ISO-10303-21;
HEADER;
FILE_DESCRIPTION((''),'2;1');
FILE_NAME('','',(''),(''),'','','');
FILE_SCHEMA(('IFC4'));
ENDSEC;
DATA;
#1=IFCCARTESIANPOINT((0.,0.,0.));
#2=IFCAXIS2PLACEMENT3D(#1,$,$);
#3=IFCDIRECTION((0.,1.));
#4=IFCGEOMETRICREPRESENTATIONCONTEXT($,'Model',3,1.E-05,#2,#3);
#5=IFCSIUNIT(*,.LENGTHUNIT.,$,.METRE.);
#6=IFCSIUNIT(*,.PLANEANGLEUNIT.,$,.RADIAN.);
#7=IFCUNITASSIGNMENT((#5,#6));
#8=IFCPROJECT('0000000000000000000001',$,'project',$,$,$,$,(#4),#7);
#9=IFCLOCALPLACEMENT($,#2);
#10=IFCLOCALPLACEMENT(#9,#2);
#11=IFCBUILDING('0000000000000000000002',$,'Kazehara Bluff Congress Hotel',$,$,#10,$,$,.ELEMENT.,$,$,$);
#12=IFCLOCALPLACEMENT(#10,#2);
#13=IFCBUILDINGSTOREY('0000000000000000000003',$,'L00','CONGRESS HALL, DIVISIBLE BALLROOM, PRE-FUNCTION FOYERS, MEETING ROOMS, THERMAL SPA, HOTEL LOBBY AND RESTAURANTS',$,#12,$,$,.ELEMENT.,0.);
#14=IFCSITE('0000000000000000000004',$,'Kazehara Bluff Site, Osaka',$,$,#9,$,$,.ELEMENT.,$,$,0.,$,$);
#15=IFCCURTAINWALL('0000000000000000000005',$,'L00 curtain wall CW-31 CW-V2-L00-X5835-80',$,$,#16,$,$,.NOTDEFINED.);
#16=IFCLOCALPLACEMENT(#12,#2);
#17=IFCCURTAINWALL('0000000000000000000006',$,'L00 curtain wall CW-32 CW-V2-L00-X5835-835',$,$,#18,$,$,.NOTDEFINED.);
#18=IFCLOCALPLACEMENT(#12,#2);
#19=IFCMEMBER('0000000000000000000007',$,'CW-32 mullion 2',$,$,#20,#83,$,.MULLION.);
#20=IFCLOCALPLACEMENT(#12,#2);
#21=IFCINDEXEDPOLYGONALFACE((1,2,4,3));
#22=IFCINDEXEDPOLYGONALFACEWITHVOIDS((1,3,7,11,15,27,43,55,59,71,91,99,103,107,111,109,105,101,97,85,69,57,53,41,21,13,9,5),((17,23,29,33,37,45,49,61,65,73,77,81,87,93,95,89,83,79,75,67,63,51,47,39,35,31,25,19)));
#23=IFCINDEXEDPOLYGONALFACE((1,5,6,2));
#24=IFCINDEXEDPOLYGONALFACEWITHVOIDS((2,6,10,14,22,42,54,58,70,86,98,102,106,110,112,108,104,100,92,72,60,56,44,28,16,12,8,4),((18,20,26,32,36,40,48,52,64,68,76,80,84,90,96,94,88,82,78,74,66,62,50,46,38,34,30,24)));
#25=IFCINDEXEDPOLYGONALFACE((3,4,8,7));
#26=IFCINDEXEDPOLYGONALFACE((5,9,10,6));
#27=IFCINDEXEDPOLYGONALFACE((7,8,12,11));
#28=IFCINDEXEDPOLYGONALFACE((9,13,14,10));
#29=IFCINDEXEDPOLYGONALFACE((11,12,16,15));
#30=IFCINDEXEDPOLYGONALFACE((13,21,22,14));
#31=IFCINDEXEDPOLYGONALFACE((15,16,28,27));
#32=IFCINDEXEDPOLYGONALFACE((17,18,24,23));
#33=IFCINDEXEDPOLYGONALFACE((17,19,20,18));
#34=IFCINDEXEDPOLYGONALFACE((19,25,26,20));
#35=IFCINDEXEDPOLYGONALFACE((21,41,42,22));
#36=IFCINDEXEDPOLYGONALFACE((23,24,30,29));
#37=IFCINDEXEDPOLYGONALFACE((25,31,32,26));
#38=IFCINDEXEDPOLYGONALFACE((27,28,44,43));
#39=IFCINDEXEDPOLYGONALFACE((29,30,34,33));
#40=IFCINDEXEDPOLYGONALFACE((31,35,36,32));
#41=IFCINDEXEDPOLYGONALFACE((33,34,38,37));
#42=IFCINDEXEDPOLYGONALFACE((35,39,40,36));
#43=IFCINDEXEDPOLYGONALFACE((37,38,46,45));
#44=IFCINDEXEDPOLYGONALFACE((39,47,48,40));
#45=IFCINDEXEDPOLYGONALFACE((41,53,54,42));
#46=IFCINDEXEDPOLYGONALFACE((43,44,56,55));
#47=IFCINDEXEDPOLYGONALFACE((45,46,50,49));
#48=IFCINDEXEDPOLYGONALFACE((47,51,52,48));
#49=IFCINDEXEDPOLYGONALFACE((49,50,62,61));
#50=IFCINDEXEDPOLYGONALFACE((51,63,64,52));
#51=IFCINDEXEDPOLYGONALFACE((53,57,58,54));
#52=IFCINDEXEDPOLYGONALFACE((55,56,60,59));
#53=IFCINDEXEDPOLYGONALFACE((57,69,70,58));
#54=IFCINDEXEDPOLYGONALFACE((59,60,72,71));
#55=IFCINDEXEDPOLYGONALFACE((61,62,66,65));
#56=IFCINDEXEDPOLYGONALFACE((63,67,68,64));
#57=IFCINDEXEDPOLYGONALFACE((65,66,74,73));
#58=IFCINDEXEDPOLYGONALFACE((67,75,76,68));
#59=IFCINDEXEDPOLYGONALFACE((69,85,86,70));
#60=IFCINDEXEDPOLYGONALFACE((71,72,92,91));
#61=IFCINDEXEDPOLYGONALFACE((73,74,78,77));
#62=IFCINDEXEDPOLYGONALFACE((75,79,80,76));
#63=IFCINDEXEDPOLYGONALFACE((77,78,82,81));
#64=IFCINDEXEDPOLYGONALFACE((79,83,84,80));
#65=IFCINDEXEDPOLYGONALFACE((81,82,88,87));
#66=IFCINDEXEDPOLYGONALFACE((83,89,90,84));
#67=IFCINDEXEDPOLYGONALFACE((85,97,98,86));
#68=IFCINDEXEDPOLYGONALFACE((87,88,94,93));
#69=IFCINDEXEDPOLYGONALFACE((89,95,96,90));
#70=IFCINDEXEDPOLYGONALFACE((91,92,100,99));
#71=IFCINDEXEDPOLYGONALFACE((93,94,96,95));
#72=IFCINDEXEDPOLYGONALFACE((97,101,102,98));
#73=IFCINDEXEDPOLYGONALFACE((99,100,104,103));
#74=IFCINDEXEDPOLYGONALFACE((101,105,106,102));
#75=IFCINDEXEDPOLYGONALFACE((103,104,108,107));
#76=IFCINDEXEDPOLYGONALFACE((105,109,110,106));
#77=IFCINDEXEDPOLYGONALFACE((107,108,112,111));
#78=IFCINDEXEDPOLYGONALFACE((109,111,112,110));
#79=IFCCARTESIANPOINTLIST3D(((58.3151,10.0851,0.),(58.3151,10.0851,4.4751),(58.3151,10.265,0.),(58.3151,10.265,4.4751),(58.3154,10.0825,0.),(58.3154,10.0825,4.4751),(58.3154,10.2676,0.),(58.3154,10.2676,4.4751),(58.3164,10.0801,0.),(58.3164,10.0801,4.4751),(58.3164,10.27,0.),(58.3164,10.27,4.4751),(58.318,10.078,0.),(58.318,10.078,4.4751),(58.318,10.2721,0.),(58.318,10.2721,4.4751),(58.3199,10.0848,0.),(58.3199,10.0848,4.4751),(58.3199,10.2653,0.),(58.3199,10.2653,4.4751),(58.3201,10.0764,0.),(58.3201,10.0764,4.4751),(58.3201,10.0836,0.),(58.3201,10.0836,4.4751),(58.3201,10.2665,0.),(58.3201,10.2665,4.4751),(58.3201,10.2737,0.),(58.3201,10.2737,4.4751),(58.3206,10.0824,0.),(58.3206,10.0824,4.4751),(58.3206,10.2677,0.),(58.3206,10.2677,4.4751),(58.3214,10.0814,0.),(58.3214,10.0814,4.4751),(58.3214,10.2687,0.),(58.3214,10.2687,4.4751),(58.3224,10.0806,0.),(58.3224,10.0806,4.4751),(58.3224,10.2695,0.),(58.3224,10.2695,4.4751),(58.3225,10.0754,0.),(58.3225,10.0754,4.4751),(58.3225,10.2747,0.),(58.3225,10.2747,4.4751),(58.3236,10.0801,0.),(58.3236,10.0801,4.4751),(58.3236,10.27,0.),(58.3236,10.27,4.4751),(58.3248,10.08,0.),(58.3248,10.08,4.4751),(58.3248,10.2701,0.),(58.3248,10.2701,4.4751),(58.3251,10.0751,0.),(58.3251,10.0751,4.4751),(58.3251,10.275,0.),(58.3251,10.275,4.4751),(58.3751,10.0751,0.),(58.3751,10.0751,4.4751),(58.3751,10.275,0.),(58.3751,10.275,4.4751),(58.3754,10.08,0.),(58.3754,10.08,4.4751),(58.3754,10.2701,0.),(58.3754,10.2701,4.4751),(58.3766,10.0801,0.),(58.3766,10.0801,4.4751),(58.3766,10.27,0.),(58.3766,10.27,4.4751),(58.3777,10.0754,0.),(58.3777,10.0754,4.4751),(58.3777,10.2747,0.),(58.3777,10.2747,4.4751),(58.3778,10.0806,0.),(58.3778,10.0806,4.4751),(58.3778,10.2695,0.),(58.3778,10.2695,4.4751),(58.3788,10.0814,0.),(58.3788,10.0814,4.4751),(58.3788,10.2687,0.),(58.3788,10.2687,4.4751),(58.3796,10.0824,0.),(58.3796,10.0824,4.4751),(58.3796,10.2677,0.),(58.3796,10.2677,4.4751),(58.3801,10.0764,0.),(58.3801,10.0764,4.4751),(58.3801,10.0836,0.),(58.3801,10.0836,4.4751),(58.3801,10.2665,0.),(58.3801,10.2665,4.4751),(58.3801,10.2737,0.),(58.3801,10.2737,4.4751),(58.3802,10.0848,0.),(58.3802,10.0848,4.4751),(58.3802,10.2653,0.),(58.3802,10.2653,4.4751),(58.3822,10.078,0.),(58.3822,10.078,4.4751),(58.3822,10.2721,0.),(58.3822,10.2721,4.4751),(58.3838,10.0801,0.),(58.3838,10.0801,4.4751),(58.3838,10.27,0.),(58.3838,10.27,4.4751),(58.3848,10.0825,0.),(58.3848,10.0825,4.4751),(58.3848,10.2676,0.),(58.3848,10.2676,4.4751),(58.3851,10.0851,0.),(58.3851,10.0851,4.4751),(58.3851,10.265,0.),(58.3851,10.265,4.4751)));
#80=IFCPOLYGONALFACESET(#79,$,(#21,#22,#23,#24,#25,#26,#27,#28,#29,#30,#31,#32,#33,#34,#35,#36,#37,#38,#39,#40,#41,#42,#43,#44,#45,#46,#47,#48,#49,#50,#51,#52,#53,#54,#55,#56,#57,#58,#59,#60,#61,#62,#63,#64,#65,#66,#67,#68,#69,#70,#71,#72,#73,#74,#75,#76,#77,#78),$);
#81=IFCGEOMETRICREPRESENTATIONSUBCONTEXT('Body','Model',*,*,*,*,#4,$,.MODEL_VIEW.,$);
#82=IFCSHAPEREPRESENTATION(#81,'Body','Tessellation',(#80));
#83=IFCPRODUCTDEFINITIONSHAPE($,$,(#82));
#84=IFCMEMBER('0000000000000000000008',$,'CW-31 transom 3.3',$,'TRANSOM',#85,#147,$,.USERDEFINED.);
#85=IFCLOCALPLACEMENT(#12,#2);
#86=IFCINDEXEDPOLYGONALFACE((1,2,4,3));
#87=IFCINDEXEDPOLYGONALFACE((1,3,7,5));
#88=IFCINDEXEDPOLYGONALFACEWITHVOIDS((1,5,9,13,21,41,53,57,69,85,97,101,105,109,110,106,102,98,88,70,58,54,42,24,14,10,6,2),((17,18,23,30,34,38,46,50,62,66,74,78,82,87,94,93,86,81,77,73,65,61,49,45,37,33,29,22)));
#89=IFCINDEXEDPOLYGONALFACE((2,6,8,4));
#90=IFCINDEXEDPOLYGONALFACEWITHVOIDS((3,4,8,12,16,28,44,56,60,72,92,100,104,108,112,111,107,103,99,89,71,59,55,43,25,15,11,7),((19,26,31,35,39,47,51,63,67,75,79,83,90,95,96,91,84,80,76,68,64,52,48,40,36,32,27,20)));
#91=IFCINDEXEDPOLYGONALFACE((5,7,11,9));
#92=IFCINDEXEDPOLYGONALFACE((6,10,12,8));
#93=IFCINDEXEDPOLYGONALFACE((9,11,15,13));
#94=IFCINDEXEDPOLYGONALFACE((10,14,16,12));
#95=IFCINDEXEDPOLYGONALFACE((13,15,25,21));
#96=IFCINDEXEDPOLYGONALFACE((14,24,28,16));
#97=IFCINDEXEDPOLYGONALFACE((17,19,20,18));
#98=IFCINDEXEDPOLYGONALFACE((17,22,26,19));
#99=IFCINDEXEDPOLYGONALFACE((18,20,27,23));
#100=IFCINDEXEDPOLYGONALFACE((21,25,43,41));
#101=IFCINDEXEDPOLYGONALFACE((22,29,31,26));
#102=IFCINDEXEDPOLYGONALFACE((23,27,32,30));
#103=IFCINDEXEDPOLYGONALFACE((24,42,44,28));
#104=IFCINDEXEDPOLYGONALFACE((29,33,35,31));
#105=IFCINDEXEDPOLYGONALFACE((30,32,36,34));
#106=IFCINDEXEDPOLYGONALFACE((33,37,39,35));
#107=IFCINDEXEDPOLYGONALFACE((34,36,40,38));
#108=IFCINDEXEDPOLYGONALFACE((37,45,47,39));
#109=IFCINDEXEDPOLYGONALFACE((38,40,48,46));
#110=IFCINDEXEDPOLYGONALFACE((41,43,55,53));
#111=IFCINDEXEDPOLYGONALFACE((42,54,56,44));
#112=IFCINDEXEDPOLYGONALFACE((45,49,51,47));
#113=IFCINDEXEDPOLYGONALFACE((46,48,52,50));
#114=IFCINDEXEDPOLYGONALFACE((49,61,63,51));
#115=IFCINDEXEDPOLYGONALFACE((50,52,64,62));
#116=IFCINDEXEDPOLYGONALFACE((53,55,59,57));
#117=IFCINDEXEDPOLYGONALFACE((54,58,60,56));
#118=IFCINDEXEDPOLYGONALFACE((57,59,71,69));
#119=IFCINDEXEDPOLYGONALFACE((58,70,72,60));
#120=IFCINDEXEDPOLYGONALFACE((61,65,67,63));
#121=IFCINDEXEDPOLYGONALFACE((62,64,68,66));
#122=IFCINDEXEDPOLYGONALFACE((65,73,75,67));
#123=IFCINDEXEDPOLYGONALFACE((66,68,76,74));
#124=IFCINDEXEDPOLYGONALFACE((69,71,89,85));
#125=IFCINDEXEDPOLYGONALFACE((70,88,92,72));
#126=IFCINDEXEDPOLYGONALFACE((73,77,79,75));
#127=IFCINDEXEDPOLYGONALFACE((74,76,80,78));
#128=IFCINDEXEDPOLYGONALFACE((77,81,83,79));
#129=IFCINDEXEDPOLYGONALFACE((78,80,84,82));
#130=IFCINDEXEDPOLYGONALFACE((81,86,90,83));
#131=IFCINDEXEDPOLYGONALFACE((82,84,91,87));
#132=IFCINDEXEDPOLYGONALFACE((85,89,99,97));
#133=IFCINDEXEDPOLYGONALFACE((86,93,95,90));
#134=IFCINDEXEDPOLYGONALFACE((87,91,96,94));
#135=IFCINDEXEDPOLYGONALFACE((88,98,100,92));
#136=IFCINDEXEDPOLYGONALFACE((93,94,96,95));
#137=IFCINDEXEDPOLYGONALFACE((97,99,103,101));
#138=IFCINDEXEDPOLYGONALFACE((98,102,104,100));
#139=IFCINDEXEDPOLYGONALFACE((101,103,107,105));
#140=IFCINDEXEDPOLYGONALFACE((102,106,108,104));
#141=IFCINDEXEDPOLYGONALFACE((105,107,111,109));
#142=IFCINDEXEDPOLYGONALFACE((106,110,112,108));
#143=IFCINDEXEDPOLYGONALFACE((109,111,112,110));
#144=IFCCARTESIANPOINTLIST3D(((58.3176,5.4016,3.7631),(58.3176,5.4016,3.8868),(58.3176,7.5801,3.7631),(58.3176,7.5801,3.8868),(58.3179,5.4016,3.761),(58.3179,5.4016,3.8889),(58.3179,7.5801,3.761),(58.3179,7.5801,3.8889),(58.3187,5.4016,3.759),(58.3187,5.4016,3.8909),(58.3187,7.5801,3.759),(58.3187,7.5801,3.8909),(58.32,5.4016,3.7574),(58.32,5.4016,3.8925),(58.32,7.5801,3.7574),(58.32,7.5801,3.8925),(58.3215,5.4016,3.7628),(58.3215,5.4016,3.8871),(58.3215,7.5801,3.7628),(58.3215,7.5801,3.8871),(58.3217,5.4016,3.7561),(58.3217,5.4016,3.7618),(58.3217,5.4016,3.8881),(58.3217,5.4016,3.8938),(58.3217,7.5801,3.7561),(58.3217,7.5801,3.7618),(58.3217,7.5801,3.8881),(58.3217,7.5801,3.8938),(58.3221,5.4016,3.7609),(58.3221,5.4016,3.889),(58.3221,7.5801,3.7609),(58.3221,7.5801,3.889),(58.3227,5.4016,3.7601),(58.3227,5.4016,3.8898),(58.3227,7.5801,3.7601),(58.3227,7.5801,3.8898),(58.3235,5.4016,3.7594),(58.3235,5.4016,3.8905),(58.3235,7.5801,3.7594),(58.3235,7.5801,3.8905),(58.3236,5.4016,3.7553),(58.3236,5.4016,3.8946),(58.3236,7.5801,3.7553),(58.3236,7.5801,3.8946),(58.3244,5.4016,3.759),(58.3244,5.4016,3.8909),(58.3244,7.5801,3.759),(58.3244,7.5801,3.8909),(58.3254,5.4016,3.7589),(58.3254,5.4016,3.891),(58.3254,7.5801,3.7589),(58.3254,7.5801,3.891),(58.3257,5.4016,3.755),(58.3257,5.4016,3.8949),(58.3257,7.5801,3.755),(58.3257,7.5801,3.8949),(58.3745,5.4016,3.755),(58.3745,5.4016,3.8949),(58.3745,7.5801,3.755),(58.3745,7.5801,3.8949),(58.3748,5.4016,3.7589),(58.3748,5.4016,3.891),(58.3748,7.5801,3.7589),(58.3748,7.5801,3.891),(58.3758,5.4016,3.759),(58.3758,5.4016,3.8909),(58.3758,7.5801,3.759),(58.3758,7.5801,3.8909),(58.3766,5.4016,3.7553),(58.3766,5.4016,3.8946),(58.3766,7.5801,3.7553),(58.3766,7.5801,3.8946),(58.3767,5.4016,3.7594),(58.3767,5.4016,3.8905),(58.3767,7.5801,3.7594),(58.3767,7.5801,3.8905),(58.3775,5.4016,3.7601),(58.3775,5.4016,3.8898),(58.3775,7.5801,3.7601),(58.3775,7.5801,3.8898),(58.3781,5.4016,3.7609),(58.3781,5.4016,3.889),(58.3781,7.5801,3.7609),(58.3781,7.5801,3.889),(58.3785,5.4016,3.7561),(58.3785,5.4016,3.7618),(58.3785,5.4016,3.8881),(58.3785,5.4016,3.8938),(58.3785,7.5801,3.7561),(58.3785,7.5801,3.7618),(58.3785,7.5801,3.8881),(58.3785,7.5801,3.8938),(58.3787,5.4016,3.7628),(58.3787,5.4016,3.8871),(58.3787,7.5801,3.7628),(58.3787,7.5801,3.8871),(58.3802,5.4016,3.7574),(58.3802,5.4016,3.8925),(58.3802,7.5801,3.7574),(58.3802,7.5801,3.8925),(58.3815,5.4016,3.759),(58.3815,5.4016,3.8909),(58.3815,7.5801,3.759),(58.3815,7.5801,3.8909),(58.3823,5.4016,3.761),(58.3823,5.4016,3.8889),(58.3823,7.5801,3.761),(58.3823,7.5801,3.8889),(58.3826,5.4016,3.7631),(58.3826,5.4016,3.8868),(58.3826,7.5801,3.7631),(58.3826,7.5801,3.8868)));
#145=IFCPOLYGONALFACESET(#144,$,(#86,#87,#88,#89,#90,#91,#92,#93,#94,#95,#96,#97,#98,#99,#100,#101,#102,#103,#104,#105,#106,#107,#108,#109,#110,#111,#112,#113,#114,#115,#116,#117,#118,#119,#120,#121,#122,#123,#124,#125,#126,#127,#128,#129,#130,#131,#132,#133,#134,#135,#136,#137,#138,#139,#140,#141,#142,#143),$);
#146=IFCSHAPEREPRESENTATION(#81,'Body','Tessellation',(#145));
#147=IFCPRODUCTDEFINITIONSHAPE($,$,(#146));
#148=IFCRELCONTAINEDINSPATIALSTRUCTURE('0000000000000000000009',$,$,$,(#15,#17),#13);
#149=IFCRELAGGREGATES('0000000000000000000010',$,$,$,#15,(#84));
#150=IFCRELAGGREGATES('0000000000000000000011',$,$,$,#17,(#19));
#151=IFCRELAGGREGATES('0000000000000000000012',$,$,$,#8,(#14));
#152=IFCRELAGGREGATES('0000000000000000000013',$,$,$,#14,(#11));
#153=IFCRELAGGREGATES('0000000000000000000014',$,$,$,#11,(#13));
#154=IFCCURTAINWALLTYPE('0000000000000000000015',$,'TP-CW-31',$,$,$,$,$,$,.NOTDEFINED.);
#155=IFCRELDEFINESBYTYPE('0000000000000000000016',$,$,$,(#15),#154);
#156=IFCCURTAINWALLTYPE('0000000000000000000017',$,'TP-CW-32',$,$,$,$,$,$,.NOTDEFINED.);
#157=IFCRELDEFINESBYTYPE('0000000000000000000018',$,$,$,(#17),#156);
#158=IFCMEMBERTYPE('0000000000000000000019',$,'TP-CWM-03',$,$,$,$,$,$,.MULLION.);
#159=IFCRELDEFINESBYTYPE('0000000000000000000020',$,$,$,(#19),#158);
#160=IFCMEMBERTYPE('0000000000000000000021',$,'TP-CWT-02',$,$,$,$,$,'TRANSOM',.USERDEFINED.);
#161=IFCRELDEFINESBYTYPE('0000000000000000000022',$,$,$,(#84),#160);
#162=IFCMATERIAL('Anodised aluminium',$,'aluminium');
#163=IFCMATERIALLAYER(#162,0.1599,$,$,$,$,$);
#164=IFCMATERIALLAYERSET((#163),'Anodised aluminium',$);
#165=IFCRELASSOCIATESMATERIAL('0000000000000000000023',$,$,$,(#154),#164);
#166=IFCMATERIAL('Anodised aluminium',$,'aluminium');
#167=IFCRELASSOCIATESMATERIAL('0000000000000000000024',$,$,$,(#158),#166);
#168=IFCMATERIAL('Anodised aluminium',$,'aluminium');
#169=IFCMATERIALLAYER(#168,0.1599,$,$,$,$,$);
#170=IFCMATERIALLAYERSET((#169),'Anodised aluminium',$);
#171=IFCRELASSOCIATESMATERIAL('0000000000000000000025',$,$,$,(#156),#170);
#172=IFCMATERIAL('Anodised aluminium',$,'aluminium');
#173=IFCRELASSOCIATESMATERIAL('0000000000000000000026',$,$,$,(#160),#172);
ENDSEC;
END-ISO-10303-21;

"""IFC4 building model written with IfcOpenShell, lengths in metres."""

from ifc_helpers import new_model, si_unit, direction, frame, origin, origin_2d, place, context, subcontext, project, spatial, hollow_rectangle, extrude, material, layer, layer_set, material_profile, profile_set, type_object, element, aggregate, save


model = new_model("IFC4")

# Units and contexts
model_context = context("Model", 3, precision=1e-05, world=origin(), true_north=direction((0.0, 1.0)))
body_context = subcontext(model_context, "Body", "Model", "MODEL_VIEW")
ifc_project = project(units=[si_unit("LENGTHUNIT", "METRE"), si_unit("PLANEANGLEUNIT", "RADIAN")], contexts=[model_context])

# Site, building, storey
site_placement = place(None, origin())
site = spatial("IfcSite", under=ifc_project, at=site_placement, Name="Kazehara Bluff Site, Osaka", CompositionType="ELEMENT", RefElevation=0.0)
building_placement = place(site_placement, origin())
building = spatial("IfcBuilding", under=site, at=building_placement, Name="Kazehara Bluff Congress Hotel", CompositionType="ELEMENT")
storey_placement = place(building_placement, origin())
storey = spatial("IfcBuildingStorey", under=building, at=storey_placement, Name="L00", Description="CONGRESS HALL, DIVISIBLE BALLROOM, PRE-FUNCTION FOYERS, MEETING ROOMS, THERMAL SPA, HOTEL LOBBY AND RESTAURANTS", CompositionType="ELEMENT", Elevation=0.0)

# Curtain wall
ifc_material_1 = material(Name="Anodised aluminium", Category="aluminium")
ifc_layer_1 = layer(ifc_material_1, 0.1599)
ifc_layer_set_1 = layer_set([ifc_layer_1], Name="Anodised aluminium")
curtain_wall_type_1 = type_object("IfcCurtainWallType", Name="TP-CW-31", PredefinedType="NOTDEFINED", material=ifc_layer_set_1)
curtain_wall_1_placement = place(storey_placement, origin())
curtain_wall_1 = element("IfcCurtainWall", 1, at=curtain_wall_1_placement, inside=storey, type_object=curtain_wall_type_1, Name="L00 curtain wall CW-31 CW-V2-L00-X5835-80", PredefinedType="NOTDEFINED")
ifc_material_2 = material(Name="Anodised aluminium", Category="aluminium")
ifc_material_profile_1 = material_profile(ifc_material_2, hollow_rectangle(XDim=0.0701, YDim=0.2, WallThickness=0.0049, InnerFilletRadius=0.0049, OuterFilletRadius=0.01, at=origin_2d()))
ifc_profile_set_1 = profile_set([ifc_material_profile_1], Name="Anodised aluminium")
member_type_1 = type_object("IfcMemberType", Name="TP-CWM-03", PredefinedType="MULLION", material=ifc_profile_set_1)

# Curtain wall, member
ifc_material_3 = material(Name="Anodised aluminium", Category="aluminium")
ifc_layer_2 = layer(ifc_material_3, 0.1599)
ifc_layer_set_2 = layer_set([ifc_layer_2], Name="Anodised aluminium")
curtain_wall_type_2 = type_object("IfcCurtainWallType", Name="TP-CW-32", PredefinedType="NOTDEFINED", material=ifc_layer_set_2)
curtain_wall_2_placement = place(storey_placement, origin())
curtain_wall_2 = element("IfcCurtainWall", 2, at=curtain_wall_2_placement, inside=storey, type_object=curtain_wall_type_2, Name="L00 curtain wall CW-32 CW-V2-L00-X5835-835", PredefinedType="NOTDEFINED")
member_1_placement = place(storey_placement, frame((58.3501, 10.175, 0.0), z_axis=(0.0, 0.0, 1.0), x_axis=(-1.0, 0.0, 0.0)))
member_1 = element("IfcMember", 3, at=member_1_placement, type_object=member_type_1, Name="CW-32 mullion 2", PredefinedType="MULLION", context=body_context, shape_type="SweptSolid", body=[
    extrude(hollow_rectangle(XDim=0.0701, YDim=0.2, WallThickness=0.0049, InnerFilletRadius=0.0049, OuterFilletRadius=0.01, at=origin_2d()), origin(), (0.0, 0.0, 1.0), 4.4751),
])

# Member
ifc_material_4 = material(Name="Anodised aluminium", Category="aluminium")
ifc_material_profile_2 = material_profile(ifc_material_4, hollow_rectangle(XDim=0.0649, YDim=0.1399, WallThickness=0.0039, InnerFilletRadius=0.0039, OuterFilletRadius=0.0081, at=origin_2d()))
ifc_profile_set_2 = profile_set([ifc_material_profile_2], Name="Anodised aluminium")
member_type_2 = type_object("IfcMemberType", Name="TP-CWT-02", ElementType="TRANSOM", PredefinedType="USERDEFINED", material=ifc_profile_set_2)
member_2_placement = place(storey_placement, frame((58.3501, 5.4016, 3.825), z_axis=(0.0, 1.0, 0.0), x_axis=(-1.0, 0.0, 0.0)))
member_2 = element("IfcMember", 4, at=member_2_placement, type_object=member_type_2, Name="CW-31 transom 3.3", ObjectType="TRANSOM", PredefinedType="USERDEFINED", context=body_context, shape_type="SweptSolid", body=[
    extrude(hollow_rectangle(XDim=0.0649, YDim=0.1399, WallThickness=0.0039, InnerFilletRadius=0.0039, OuterFilletRadius=0.0081, at=origin_2d()), origin(), (0.0, 0.0, 1.0), 2.1785),
])

aggregate(curtain_wall_1, [member_2])
aggregate(curtain_wall_2, [member_1])

save(model, "model.ifc")
